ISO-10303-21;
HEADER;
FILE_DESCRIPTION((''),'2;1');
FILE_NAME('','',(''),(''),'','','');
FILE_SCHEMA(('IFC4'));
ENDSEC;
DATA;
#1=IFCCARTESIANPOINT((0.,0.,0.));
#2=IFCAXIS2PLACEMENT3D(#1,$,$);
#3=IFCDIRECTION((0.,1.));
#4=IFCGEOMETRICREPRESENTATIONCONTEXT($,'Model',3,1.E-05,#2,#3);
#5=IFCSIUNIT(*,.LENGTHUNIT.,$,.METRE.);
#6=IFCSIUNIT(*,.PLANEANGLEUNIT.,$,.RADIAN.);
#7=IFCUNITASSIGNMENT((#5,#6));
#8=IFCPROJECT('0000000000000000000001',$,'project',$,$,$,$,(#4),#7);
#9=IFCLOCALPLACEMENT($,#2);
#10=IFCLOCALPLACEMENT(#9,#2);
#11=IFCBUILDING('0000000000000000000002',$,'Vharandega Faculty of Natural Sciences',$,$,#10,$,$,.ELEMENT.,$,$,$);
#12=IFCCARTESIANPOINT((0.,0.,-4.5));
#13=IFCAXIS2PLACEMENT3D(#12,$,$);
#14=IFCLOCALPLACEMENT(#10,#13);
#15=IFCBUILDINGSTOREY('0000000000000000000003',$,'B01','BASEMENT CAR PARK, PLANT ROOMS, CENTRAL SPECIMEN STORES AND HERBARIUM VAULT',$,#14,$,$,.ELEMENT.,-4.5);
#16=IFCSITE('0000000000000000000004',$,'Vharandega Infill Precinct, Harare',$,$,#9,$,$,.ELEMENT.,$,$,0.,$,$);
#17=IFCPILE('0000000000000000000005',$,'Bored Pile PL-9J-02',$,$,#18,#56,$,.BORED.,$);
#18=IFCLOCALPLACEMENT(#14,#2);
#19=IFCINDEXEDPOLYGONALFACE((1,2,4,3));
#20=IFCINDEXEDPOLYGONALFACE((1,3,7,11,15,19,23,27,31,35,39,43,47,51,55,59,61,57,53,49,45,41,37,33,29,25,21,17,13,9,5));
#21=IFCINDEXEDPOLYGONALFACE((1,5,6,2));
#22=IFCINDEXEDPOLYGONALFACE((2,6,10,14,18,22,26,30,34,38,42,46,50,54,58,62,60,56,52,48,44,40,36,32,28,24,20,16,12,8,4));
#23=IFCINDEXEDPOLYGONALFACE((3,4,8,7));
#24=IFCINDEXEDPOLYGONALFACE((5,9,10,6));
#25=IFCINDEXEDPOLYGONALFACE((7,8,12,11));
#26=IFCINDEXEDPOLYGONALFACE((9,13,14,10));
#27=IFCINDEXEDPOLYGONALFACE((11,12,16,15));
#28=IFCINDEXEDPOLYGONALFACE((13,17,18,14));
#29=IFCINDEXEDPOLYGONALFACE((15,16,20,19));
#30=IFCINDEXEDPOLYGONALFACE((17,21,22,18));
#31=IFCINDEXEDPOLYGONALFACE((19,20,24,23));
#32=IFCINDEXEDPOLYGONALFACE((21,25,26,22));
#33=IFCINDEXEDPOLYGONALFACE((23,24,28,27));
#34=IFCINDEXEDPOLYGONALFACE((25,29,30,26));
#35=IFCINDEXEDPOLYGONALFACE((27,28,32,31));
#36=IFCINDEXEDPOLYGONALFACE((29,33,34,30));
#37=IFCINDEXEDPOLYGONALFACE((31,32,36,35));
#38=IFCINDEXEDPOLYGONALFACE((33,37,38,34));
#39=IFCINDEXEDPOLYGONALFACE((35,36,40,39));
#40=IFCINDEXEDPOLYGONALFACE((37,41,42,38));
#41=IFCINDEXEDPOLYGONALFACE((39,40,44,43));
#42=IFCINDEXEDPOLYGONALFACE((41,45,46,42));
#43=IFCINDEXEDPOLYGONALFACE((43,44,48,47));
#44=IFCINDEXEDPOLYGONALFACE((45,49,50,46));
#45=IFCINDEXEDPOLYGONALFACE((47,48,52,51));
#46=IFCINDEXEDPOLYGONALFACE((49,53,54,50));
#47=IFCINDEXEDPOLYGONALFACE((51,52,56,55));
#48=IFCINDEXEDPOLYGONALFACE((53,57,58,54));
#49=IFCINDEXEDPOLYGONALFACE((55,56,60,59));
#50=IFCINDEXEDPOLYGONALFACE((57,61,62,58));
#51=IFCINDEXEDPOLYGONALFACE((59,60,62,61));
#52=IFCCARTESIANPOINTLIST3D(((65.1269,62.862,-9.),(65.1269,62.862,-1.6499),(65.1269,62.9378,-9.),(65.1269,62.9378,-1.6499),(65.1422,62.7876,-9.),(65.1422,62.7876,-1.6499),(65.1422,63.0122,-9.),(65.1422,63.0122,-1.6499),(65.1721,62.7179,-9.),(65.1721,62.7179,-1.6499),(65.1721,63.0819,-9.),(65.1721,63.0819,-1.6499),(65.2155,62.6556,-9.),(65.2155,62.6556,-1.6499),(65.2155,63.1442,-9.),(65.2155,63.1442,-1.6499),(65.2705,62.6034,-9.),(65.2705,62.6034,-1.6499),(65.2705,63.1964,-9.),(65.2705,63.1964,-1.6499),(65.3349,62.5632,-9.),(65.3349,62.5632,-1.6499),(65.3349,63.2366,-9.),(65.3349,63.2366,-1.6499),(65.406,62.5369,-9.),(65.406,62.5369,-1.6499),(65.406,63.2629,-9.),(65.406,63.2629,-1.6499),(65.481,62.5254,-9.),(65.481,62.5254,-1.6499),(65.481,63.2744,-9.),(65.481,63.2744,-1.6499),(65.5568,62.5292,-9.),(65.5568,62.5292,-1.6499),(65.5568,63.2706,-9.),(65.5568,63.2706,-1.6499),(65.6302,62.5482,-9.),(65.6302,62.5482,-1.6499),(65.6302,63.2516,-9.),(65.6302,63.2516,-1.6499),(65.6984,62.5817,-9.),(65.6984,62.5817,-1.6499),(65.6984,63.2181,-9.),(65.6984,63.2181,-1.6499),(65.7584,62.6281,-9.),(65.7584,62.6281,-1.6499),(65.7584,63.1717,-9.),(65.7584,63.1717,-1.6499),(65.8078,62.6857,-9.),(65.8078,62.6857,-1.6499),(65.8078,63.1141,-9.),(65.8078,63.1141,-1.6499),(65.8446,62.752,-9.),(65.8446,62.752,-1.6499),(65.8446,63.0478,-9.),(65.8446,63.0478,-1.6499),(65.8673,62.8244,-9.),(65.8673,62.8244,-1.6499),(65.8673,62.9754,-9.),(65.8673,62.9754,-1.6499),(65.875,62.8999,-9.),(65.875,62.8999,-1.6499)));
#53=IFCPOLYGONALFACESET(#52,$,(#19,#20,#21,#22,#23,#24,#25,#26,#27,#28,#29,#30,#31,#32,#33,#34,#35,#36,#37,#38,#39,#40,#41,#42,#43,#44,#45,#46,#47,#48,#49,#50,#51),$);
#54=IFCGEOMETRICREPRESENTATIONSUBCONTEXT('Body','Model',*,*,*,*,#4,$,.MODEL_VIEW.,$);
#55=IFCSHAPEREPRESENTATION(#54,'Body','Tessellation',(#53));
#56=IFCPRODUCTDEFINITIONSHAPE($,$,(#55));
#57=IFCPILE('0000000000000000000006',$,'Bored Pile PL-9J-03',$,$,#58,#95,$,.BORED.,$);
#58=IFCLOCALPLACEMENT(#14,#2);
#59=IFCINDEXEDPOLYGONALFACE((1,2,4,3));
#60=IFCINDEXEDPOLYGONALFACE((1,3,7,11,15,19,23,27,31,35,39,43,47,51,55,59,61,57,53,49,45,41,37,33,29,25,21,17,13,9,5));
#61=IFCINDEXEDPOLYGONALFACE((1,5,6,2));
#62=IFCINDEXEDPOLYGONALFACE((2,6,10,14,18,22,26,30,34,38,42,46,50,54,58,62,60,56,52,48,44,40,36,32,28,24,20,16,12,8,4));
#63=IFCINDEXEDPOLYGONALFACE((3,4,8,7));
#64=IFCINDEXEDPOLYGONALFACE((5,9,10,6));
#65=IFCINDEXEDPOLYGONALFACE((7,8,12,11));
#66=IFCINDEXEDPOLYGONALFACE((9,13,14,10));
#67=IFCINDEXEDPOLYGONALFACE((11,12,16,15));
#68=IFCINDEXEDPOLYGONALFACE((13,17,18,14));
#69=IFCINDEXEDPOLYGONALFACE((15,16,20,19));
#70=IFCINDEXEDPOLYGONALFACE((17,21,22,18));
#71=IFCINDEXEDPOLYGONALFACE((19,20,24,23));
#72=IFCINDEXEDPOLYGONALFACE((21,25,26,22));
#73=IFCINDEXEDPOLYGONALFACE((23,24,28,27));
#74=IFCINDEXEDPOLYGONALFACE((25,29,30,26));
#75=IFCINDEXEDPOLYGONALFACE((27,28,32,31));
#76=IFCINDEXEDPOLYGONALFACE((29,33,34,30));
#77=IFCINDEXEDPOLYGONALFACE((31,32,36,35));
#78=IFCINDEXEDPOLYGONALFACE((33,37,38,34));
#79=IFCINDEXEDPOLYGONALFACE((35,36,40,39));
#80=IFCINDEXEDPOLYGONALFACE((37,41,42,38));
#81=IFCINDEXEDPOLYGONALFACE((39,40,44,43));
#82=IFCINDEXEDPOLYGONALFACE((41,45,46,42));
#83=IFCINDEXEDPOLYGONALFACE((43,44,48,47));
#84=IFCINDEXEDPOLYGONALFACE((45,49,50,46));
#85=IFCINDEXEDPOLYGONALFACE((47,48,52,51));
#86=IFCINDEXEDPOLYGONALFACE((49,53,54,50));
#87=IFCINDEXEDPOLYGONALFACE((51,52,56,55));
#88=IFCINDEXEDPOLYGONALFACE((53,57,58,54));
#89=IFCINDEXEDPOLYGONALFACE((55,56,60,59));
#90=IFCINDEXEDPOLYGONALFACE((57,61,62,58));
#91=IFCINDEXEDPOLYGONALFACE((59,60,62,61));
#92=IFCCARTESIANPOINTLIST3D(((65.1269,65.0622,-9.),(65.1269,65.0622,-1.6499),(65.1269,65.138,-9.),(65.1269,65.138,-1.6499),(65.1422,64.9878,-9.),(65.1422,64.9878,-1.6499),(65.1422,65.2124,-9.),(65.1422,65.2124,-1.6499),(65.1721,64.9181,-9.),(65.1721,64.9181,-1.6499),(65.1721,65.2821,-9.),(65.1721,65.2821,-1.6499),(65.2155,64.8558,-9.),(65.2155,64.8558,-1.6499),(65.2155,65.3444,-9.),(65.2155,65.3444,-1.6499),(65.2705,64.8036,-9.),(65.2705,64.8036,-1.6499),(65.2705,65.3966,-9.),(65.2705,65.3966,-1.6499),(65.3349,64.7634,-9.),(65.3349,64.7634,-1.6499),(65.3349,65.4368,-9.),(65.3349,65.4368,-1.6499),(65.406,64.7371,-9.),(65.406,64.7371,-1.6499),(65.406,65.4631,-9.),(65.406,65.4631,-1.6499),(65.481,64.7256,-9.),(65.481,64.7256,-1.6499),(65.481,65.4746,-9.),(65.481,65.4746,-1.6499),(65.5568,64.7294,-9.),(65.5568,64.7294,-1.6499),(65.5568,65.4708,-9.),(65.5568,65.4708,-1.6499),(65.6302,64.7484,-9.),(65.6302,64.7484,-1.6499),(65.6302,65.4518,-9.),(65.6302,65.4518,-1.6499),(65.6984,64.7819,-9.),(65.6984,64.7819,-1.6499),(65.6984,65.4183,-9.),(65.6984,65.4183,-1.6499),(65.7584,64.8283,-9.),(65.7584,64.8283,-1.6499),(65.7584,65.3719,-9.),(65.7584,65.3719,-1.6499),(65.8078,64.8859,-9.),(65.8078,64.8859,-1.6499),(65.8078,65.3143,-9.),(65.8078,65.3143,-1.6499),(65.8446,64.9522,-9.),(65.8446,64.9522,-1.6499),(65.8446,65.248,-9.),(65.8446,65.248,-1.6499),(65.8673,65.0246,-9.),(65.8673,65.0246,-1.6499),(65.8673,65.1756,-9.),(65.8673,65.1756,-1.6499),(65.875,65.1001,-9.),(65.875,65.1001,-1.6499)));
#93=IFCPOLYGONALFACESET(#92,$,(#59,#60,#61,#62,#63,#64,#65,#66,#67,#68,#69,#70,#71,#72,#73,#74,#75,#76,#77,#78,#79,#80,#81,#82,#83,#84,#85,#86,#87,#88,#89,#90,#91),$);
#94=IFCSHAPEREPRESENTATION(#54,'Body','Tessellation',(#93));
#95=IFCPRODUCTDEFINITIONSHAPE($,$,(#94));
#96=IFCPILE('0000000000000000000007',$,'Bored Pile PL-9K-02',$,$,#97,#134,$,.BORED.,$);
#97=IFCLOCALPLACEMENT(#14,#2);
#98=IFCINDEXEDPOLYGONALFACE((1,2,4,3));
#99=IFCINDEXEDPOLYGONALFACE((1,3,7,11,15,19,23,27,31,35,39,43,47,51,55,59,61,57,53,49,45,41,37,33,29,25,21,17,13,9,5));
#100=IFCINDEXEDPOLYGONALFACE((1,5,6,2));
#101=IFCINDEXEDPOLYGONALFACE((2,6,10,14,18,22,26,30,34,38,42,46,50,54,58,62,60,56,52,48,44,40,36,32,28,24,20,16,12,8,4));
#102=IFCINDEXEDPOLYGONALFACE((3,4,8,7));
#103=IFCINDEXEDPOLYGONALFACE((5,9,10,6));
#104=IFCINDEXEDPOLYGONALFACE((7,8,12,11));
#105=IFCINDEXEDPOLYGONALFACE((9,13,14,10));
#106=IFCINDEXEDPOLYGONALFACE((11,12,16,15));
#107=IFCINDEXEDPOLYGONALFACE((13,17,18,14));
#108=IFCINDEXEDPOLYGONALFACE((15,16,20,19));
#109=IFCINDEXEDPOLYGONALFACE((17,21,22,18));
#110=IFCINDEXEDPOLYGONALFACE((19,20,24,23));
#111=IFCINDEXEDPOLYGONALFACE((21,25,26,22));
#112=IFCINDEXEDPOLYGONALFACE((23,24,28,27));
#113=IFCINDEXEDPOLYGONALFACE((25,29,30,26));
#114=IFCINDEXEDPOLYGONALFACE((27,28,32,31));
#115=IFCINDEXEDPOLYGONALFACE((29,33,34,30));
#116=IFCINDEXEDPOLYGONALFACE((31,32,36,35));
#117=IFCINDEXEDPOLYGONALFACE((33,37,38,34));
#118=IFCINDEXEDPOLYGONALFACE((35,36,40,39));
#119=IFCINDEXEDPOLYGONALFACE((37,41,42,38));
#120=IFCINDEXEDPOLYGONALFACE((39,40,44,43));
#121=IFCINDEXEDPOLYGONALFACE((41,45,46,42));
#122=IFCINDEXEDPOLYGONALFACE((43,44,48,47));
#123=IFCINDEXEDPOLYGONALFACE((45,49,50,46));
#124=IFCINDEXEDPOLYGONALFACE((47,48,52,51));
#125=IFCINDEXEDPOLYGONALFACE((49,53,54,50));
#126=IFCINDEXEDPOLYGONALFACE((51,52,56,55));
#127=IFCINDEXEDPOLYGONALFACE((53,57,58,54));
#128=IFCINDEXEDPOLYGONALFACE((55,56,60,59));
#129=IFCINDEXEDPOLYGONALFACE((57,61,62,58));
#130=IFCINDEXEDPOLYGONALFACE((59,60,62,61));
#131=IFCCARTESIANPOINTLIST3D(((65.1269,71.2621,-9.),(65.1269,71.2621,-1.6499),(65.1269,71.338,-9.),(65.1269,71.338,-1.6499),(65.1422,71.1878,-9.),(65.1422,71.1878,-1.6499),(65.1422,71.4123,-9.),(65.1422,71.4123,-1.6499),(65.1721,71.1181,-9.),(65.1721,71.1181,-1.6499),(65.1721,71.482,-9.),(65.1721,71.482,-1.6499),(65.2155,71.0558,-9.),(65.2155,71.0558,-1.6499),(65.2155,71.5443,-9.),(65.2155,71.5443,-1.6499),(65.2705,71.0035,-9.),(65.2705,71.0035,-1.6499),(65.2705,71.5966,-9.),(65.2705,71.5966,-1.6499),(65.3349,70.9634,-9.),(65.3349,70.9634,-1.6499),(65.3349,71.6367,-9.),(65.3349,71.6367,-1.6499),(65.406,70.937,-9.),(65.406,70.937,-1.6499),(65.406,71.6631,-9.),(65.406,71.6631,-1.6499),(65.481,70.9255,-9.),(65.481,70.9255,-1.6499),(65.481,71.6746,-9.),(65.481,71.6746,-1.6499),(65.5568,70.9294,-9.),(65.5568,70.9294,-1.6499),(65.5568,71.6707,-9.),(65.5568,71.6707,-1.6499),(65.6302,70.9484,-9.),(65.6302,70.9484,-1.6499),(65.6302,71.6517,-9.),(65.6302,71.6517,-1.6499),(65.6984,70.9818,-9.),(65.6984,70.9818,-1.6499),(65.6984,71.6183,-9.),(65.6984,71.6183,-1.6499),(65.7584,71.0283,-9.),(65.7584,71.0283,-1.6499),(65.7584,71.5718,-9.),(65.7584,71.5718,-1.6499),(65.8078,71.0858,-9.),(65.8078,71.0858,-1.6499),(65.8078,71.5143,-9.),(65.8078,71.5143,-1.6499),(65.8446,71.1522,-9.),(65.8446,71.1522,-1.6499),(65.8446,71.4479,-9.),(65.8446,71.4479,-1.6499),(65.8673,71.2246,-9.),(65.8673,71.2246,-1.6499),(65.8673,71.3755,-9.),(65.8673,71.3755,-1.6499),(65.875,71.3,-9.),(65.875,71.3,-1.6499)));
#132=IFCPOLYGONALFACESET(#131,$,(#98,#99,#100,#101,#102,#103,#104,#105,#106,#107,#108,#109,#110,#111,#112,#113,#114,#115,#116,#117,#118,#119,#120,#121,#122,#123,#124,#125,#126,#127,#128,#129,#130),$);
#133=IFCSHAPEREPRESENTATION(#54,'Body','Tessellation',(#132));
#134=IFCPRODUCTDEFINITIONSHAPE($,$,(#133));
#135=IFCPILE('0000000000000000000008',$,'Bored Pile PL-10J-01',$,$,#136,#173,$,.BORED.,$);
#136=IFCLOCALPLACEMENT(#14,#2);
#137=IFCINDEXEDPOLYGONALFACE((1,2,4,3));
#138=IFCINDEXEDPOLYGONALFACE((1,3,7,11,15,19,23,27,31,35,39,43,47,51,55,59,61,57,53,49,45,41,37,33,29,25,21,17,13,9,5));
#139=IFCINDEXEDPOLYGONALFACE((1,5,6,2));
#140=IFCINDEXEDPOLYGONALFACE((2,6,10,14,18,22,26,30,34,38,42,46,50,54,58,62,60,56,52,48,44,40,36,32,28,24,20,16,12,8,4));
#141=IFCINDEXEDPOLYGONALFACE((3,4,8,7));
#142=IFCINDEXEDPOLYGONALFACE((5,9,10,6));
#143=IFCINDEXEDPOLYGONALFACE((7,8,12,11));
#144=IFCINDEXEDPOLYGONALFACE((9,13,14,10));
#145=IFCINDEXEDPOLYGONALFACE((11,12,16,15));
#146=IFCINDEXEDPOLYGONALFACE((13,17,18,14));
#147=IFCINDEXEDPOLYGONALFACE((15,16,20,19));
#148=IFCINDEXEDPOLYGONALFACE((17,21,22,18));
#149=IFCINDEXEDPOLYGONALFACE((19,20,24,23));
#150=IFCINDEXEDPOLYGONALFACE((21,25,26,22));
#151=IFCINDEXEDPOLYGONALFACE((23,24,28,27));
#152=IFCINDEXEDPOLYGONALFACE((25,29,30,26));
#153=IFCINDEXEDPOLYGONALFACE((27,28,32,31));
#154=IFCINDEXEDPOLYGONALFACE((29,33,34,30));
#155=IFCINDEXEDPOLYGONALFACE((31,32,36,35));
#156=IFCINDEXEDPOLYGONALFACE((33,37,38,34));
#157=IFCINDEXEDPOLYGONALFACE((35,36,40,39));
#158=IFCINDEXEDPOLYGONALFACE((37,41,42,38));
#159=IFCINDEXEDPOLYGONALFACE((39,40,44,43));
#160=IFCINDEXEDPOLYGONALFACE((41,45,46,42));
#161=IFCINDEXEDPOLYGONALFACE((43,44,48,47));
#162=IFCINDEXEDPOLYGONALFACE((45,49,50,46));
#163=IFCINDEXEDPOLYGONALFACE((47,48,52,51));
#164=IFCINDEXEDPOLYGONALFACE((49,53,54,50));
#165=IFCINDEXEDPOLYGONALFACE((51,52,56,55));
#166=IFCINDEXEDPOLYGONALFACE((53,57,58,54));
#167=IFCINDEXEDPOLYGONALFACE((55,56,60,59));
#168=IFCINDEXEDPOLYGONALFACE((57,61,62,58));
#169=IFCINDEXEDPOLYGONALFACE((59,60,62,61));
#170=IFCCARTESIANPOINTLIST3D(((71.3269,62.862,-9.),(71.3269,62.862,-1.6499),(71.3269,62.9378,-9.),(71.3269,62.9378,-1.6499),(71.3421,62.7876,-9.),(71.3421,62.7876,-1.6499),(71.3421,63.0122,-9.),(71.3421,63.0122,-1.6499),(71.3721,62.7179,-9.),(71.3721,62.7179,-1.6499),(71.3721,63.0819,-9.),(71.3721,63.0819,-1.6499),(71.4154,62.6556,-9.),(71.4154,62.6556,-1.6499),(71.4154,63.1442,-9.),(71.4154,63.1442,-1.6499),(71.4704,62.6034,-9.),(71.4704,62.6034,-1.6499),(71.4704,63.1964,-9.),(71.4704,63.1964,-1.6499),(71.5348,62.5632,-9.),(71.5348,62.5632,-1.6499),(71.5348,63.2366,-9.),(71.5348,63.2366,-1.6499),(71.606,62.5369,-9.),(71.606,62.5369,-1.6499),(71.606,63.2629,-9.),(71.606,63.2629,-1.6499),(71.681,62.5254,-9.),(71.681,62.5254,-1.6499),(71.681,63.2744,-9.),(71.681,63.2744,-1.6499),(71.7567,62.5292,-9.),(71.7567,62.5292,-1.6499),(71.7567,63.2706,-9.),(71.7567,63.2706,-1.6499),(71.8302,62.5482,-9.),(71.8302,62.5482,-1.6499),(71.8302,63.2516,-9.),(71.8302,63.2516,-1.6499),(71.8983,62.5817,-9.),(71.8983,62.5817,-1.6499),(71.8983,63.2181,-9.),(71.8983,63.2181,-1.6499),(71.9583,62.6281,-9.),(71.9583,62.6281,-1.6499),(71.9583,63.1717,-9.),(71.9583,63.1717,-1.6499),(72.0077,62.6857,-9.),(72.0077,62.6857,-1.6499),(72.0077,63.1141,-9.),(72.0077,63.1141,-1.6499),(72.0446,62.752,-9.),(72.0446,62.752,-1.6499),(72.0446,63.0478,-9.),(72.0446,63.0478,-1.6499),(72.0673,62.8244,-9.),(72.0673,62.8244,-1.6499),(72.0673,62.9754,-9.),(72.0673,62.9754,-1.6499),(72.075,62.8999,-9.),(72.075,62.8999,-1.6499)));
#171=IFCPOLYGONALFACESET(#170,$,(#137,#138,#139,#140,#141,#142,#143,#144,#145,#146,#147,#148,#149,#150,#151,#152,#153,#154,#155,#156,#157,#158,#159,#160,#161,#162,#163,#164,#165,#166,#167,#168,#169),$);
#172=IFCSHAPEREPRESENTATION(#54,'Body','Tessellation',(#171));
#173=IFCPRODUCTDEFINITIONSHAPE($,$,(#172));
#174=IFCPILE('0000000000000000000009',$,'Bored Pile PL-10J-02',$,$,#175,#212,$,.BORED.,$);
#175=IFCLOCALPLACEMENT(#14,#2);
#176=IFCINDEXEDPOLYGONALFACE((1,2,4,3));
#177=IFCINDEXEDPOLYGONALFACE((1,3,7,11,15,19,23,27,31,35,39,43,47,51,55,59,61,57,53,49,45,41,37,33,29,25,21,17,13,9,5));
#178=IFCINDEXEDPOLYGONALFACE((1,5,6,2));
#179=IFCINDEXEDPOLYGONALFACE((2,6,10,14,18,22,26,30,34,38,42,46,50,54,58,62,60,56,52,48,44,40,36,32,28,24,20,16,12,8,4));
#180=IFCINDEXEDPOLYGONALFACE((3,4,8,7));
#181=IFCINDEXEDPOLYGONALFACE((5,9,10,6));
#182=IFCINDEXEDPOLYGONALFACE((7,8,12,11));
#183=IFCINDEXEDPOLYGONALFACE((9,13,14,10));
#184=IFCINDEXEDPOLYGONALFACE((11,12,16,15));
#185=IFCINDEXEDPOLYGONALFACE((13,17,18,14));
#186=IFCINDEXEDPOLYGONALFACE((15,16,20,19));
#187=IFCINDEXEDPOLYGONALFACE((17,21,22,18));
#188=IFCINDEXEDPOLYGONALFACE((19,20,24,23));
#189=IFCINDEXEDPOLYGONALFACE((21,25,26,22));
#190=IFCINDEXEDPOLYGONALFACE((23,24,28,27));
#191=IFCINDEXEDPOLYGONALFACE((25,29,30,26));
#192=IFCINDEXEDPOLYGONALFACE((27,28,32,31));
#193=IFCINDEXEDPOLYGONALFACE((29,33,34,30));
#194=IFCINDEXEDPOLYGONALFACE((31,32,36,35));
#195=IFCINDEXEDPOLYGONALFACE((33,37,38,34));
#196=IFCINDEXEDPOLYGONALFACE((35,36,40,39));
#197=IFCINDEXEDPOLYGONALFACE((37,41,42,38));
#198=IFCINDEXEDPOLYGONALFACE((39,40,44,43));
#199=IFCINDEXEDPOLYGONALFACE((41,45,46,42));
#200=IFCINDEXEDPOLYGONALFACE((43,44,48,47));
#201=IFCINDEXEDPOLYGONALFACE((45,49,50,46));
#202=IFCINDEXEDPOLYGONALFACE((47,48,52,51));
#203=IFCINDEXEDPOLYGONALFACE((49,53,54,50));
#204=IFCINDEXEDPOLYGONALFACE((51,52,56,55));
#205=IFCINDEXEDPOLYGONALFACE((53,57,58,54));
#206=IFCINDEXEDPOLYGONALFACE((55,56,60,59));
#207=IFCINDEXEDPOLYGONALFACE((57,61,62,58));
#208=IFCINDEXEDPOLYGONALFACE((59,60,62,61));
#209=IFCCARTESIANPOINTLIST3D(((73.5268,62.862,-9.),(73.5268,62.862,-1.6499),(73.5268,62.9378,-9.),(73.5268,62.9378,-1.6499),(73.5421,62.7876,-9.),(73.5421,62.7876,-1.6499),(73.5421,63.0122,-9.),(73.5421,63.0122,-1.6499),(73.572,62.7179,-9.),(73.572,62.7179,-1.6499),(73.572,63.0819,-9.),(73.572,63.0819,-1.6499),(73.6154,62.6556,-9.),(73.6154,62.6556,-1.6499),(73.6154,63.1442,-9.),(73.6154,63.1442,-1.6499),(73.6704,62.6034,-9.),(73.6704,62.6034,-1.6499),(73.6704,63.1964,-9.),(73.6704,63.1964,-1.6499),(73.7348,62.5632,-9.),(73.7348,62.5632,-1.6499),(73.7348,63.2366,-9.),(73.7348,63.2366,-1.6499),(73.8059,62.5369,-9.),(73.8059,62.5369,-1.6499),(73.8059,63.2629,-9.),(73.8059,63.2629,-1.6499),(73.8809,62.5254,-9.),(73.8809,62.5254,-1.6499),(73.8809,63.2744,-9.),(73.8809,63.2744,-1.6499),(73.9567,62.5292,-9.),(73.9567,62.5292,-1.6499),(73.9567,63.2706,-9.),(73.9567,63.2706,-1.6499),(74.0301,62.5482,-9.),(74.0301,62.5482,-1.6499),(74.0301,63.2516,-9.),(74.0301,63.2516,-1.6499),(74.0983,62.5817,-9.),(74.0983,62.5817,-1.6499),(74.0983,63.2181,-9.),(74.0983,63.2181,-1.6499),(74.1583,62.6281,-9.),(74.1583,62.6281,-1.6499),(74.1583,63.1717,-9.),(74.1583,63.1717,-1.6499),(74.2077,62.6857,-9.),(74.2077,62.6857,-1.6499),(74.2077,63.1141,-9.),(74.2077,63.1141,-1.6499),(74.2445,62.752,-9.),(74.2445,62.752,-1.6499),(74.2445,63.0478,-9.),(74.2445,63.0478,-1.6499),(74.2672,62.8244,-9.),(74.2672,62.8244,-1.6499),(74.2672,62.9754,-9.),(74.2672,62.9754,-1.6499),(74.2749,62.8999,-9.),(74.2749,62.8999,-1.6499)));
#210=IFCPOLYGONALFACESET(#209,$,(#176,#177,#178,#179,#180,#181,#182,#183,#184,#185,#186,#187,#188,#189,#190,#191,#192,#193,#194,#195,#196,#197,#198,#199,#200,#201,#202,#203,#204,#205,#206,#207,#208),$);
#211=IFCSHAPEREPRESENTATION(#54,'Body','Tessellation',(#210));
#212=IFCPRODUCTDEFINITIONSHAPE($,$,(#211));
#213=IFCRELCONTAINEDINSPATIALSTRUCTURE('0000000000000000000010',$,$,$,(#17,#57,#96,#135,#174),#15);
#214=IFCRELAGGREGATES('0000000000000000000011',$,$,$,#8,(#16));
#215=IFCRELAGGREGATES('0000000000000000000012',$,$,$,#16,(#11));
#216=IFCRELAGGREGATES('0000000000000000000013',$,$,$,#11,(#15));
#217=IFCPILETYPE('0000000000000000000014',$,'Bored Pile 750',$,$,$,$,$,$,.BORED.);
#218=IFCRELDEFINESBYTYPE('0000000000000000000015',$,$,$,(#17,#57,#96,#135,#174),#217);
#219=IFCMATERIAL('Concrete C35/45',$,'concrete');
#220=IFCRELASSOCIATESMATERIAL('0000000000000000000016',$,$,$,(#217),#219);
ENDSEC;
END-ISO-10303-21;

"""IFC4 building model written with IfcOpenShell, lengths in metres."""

from ifc_helpers import new_model, si_unit, direction, frame, origin, origin_2d, place, context, subcontext, project, spatial, circle, extrude, material, material_profile, profile_set, type_object, element, save


model = new_model("IFC4")

# Units and contexts
model_context = context("Model", 3, precision=1e-05, world=origin(), true_north=direction((0.0, 1.0)))
body_context = subcontext(model_context, "Body", "Model", "MODEL_VIEW")
ifc_project = project(units=[si_unit("LENGTHUNIT", "METRE"), si_unit("PLANEANGLEUNIT", "RADIAN")], contexts=[model_context])

# Site, building, storey
site_placement = place(None, origin())
site = spatial("IfcSite", under=ifc_project, at=site_placement, Name="Vharandega Infill Precinct, Harare", CompositionType="ELEMENT", RefElevation=0.0)
building_placement = place(site_placement, origin())
building = spatial("IfcBuilding", under=site, at=building_placement, Name="Vharandega Faculty of Natural Sciences", CompositionType="ELEMENT")
storey_placement = place(building_placement, frame((0.0, 0.0, -4.5)))
storey = spatial("IfcBuildingStorey", under=building, at=storey_placement, Name="B01", Description="BASEMENT CAR PARK, PLANT ROOMS, CENTRAL SPECIMEN STORES AND HERBARIUM VAULT", CompositionType="ELEMENT", Elevation=-4.5)

# Piles
ifc_material_1 = material(Name="Concrete C35/45", Category="concrete")
ifc_material_profile_1 = material_profile(ifc_material_1, circle(Radius=0.375, at=origin_2d()), Name="PILE 750")
ifc_profile_set_1 = profile_set([ifc_material_profile_1], Name="Concrete C35/45")
pile_type = type_object("IfcPileType", Name="Bored Pile 750", PredefinedType="BORED", material=ifc_profile_set_1)
for number, where, z_axis, x_axis, name in (
    (1, (65.5, 62.8999, -1.6499), (0.0, 0.0, -1.0), (1.0, 0.0, 0.0), "Bored Pile PL-9J-02"),
    (2, (65.5, 65.1001, -1.6499), (0.0, 0.0, -1.0), (1.0, 0.0, 0.0), "Bored Pile PL-9J-03"),
    (3, (65.5, 71.3, -1.6499), (0.0, 0.0, -1.0), (1.0, 0.0, 0.0), "Bored Pile PL-9K-02"),
    (4, (71.7, 62.8999, -1.6499), (0.0, 0.0, -1.0), (1.0, 0.0, 0.0), "Bored Pile PL-10J-01"),
    (5, (73.8999, 62.8999, -1.6499), (0.0, 0.0, -1.0), (1.0, 0.0, 0.0), "Bored Pile PL-10J-02"),
):
    element("IfcPile", number, at=place(storey_placement, frame(where, z_axis=z_axis, x_axis=x_axis)), inside=storey, type_object=pile_type, Name=name, PredefinedType="BORED", context=body_context, shape_type="SweptSolid", body=[
        extrude(circle(Radius=0.375, at=origin_2d()), origin(), (0.0, 0.0, 1.0), 7.3501),
    ])

save(model, "model.ifc")
